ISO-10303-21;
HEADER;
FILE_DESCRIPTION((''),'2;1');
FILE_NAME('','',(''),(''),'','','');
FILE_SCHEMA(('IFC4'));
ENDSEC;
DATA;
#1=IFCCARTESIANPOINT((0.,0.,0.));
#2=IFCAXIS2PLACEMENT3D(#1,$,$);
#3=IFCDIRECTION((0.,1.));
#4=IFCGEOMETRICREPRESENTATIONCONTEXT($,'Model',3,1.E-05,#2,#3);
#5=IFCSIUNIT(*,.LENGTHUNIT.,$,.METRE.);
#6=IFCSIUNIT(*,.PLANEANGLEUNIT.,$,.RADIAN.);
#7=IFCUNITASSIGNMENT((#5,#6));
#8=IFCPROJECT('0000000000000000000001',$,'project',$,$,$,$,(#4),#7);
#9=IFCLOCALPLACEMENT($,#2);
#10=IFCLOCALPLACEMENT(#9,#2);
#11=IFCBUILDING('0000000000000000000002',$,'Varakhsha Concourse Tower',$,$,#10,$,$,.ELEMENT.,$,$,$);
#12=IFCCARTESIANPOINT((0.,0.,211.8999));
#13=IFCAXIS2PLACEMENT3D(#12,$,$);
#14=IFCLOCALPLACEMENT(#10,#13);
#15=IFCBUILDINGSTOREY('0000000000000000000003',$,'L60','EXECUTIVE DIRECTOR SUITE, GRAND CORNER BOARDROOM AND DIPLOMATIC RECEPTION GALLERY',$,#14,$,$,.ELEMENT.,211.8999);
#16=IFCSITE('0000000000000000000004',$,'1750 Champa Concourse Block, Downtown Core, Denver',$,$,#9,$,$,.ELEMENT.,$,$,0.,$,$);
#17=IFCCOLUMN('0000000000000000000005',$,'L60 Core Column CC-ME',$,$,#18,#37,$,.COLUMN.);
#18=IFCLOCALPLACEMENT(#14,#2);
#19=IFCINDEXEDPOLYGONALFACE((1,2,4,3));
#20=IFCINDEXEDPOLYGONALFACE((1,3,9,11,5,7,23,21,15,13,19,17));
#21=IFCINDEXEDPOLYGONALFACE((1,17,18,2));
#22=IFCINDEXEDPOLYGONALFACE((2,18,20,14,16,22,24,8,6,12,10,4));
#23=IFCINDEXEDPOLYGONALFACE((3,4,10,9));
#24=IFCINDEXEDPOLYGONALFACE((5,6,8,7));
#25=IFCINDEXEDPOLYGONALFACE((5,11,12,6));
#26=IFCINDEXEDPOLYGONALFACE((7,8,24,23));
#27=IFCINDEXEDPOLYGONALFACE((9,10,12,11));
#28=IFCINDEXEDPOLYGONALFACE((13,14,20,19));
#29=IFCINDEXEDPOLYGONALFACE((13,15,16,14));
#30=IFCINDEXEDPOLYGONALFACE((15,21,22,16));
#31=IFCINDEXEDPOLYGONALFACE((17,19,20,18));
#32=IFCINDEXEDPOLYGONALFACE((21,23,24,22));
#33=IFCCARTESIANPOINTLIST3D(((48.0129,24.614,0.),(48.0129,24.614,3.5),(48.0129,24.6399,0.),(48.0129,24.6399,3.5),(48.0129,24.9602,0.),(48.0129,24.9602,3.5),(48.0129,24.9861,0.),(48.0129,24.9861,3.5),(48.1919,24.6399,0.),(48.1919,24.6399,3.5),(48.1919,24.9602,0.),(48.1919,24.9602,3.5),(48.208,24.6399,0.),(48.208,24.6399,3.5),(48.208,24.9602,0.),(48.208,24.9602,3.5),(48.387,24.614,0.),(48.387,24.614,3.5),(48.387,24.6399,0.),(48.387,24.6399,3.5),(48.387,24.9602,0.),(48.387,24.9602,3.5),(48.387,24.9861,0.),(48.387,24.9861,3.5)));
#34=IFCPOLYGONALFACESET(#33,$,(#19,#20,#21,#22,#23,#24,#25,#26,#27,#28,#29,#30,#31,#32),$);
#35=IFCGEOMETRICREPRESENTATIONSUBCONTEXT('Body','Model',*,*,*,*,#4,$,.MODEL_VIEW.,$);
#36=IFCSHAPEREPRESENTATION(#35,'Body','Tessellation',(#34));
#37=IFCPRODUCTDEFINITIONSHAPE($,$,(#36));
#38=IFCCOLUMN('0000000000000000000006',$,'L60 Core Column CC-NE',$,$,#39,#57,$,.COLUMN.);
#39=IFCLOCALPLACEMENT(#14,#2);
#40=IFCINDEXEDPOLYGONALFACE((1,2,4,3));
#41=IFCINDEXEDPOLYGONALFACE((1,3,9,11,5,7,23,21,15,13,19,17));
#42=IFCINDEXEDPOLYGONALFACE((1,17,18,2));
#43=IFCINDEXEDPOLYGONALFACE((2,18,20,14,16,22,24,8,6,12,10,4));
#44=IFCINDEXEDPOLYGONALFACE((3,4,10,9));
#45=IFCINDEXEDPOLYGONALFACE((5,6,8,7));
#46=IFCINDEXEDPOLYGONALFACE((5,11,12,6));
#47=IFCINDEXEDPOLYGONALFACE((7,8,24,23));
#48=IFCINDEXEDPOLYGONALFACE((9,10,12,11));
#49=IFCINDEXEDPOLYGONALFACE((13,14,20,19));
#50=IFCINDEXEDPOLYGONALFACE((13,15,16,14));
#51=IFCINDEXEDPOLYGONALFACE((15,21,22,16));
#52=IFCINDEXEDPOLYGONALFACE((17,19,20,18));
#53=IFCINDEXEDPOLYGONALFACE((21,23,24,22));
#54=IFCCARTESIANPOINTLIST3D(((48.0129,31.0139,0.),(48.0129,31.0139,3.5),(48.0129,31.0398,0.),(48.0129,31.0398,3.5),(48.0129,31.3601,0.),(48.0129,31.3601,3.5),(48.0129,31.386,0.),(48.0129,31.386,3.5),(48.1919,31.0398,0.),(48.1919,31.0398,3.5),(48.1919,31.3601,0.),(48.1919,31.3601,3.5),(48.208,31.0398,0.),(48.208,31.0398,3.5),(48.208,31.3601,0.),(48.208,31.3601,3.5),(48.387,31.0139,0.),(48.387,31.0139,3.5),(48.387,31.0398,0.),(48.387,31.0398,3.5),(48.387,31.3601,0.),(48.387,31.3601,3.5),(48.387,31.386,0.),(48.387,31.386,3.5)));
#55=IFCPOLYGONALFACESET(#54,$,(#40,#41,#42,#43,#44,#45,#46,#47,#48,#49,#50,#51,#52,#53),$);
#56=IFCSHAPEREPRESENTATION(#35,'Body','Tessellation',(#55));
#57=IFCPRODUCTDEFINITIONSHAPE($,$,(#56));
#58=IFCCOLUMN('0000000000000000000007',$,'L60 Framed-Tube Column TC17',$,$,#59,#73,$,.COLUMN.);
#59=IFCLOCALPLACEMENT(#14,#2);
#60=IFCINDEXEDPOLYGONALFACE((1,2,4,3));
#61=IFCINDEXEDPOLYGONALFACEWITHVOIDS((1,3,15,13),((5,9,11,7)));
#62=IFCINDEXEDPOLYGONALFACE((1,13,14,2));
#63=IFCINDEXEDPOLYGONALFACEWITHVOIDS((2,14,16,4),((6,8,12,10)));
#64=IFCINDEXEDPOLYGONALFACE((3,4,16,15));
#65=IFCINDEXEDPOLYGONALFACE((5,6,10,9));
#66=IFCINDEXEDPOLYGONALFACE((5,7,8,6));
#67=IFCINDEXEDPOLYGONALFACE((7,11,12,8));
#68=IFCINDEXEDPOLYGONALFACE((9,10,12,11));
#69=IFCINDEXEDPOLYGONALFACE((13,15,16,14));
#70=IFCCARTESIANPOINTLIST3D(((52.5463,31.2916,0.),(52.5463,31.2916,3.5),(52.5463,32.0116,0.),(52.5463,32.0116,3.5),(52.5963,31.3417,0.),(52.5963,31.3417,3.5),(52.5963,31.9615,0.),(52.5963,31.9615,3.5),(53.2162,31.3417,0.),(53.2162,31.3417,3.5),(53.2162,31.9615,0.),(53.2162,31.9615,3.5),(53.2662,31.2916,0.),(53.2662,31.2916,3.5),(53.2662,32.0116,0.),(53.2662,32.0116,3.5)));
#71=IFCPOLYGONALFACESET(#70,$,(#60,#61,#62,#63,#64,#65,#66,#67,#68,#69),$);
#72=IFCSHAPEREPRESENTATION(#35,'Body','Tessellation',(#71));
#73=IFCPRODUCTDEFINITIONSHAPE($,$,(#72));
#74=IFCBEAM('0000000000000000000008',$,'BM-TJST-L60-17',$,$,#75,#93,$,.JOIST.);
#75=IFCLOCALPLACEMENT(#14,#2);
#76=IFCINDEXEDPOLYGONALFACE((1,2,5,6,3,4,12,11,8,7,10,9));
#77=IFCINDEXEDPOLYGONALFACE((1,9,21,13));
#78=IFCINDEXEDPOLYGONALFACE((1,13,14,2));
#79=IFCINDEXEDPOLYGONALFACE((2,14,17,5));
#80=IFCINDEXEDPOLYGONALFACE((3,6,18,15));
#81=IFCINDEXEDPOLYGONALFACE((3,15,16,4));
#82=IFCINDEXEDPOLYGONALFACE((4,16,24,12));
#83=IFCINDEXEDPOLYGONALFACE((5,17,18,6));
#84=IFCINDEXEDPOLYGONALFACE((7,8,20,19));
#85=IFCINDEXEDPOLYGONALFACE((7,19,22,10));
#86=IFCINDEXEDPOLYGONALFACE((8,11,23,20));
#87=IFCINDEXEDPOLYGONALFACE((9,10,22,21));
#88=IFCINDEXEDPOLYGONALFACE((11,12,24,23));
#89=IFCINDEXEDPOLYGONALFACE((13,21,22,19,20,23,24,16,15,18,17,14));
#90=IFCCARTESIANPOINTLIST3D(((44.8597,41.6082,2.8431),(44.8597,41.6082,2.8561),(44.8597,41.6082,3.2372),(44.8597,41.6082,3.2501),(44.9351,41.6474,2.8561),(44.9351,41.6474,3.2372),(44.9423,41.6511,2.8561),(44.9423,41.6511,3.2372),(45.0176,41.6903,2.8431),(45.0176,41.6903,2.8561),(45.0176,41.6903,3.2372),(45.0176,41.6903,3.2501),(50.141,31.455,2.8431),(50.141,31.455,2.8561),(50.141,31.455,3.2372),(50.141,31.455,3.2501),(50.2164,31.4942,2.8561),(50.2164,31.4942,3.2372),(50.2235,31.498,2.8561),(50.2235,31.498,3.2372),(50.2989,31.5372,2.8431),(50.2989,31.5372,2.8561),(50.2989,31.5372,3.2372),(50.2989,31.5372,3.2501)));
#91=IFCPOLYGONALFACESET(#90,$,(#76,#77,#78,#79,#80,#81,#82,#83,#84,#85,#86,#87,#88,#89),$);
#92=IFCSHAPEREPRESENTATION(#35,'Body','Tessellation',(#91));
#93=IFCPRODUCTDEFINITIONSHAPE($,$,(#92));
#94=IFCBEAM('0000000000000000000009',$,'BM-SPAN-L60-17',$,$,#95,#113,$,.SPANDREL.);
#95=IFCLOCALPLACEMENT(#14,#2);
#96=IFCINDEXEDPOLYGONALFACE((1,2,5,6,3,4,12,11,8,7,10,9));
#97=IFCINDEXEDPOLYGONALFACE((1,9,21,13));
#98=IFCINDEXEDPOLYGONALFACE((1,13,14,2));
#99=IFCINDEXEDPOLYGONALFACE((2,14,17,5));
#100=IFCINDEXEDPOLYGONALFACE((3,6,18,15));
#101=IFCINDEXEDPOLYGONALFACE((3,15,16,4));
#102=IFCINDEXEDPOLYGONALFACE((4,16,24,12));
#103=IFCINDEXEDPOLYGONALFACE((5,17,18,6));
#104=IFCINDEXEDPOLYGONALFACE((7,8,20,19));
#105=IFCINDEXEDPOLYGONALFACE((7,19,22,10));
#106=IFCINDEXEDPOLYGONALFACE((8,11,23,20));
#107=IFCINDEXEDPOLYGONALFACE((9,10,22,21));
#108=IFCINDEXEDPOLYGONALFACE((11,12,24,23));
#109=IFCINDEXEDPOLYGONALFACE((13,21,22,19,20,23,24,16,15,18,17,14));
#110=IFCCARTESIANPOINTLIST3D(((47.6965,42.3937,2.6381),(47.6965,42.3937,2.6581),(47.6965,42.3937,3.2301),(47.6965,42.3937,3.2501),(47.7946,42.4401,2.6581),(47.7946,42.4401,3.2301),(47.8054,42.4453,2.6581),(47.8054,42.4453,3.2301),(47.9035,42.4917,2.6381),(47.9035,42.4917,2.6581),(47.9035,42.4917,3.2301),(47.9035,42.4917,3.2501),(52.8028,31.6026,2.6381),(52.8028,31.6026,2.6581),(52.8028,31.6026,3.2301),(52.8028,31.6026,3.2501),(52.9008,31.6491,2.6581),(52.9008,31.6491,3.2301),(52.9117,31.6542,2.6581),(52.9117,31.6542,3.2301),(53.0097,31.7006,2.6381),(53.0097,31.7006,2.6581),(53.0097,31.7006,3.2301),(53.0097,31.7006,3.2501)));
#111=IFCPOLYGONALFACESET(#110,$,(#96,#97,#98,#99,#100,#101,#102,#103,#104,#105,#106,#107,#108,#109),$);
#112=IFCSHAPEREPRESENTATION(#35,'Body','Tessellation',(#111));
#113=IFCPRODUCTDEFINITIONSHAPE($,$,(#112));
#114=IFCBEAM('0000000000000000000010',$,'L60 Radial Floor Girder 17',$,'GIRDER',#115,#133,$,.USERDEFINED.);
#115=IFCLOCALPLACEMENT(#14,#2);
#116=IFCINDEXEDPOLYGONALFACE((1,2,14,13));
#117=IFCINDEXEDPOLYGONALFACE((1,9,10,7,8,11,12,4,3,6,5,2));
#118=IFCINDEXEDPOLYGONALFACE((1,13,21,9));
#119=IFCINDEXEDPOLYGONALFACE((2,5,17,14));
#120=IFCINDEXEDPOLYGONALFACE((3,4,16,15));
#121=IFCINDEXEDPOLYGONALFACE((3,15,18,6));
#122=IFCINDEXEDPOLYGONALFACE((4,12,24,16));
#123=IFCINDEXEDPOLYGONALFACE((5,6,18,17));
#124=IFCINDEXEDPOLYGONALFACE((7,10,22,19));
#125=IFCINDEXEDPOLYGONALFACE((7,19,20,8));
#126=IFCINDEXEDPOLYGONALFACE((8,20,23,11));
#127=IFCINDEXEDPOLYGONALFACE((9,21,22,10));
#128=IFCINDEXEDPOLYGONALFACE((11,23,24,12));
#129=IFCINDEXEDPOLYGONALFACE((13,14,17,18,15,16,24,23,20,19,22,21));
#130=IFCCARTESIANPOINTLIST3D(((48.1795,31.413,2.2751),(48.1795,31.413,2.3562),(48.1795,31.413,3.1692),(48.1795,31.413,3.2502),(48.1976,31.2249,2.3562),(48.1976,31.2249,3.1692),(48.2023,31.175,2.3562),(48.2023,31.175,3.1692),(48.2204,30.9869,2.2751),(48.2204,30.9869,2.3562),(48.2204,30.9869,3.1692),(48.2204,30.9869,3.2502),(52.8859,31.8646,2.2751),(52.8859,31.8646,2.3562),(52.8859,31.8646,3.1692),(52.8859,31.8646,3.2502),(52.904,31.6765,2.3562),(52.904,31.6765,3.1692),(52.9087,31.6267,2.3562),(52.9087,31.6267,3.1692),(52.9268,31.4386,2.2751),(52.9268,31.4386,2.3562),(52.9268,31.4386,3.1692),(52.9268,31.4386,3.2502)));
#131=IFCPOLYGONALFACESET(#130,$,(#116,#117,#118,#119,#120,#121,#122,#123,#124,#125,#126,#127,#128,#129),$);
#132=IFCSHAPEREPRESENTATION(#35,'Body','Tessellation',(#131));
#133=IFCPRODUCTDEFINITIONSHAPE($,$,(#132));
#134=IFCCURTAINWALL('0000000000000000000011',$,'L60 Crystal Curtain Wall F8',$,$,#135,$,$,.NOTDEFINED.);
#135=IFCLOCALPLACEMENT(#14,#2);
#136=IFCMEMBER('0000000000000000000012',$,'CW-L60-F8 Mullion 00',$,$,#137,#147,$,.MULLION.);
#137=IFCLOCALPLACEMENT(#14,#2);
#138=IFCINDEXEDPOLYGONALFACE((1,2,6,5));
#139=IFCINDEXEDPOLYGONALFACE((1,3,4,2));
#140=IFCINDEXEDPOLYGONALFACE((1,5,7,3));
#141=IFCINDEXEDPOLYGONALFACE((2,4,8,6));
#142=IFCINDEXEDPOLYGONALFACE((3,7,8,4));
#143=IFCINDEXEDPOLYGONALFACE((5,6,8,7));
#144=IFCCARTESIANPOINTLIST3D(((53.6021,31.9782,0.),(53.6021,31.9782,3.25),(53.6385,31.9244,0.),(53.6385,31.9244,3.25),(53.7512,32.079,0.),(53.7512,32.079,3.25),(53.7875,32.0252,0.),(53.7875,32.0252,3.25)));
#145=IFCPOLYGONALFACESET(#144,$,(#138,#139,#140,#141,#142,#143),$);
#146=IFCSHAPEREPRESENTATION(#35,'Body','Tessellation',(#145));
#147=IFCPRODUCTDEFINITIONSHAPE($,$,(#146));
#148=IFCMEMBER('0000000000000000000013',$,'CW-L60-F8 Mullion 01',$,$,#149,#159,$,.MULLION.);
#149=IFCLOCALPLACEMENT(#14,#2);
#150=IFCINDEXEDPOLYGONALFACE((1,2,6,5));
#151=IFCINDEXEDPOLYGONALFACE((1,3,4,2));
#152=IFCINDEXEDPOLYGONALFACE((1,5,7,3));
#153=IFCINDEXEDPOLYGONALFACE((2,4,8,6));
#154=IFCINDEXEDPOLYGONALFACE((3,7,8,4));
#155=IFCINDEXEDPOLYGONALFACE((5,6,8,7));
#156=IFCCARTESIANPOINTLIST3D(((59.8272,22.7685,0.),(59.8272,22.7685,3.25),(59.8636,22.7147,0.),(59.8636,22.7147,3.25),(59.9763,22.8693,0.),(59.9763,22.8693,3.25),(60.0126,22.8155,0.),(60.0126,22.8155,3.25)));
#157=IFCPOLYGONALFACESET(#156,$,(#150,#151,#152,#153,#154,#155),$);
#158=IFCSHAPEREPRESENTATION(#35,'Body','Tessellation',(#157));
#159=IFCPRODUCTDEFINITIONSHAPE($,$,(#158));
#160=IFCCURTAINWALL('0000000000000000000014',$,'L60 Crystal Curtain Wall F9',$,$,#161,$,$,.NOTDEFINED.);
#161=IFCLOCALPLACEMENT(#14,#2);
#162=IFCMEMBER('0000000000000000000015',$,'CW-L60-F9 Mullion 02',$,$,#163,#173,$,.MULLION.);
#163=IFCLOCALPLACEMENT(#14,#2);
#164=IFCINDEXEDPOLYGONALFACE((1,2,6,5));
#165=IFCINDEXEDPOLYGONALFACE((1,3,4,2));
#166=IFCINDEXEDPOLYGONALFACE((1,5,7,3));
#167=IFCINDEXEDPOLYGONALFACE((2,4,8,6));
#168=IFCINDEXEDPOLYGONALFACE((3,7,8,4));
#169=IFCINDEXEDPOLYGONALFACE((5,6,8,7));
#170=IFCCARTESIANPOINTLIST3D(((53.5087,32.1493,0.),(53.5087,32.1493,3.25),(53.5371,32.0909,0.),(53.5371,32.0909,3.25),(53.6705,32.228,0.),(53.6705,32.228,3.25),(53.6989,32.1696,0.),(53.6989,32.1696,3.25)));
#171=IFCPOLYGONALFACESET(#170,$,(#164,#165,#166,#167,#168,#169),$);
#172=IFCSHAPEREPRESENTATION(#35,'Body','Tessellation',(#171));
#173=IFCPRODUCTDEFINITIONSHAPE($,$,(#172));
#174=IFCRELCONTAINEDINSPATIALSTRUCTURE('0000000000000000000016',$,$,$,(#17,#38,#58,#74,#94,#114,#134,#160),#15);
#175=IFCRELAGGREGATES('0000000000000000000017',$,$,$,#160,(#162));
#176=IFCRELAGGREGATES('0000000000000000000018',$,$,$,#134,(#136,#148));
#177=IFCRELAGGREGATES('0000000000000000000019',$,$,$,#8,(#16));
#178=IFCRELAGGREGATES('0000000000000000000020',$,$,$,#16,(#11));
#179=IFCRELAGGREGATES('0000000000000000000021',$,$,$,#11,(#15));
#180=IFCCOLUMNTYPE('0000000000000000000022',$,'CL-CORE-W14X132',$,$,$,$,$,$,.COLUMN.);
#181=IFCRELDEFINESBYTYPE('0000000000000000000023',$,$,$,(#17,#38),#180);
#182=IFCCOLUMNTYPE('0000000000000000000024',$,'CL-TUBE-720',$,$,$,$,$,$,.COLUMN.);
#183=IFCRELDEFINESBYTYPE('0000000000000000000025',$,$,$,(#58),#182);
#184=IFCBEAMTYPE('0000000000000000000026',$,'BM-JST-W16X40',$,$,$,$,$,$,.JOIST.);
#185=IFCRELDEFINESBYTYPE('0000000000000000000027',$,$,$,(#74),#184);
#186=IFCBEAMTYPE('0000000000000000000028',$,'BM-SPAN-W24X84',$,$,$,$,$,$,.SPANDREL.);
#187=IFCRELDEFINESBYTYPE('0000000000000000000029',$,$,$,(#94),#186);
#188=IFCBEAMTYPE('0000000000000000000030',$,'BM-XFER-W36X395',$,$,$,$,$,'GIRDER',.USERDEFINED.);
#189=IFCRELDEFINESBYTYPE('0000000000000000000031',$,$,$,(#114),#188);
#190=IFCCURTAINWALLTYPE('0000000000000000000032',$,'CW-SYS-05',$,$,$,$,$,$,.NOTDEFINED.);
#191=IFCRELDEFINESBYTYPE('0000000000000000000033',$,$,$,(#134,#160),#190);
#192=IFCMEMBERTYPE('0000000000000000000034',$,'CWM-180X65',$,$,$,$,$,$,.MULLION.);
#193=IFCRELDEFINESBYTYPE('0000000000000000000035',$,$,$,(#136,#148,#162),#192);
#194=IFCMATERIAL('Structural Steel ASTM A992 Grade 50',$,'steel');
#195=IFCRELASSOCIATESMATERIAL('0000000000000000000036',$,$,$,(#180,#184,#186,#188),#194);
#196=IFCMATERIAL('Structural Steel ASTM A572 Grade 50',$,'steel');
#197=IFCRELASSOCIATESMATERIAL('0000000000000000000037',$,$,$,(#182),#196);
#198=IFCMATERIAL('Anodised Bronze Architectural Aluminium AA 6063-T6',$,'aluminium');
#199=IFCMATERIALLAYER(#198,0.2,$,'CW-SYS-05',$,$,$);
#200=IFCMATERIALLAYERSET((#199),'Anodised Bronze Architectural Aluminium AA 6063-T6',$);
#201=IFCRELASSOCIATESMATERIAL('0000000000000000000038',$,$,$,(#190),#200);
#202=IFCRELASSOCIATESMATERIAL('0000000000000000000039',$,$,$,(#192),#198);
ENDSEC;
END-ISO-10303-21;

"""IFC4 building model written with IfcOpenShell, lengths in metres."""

from ifc_helpers import new_model, si_unit, direction, frame, origin, origin_2d, place, context, subcontext, project, spatial, rectangle, hollow_rectangle, i_section, extrude, source, transform, mapped, material, layer, layer_set, material_profile, profile_set, type_object, type_shapes, element, aggregate, save


model = new_model("IFC4")

# Units and contexts
model_context = context("Model", 3, precision=1e-05, world=origin(), true_north=direction((0.0, 1.0)))
body_context = subcontext(model_context, "Body", "Model", "MODEL_VIEW")
ifc_project = project(units=[si_unit("LENGTHUNIT", "METRE"), si_unit("PLANEANGLEUNIT", "RADIAN")], contexts=[model_context])

# Site, building, storey
site_placement = place(None, origin())
site = spatial("IfcSite", under=ifc_project, at=site_placement, Name="1750 Champa Concourse Block, Downtown Core, Denver", CompositionType="ELEMENT", RefElevation=0.0)
building_placement = place(site_placement, origin())
building = spatial("IfcBuilding", under=site, at=building_placement, Name="Varakhsha Concourse Tower", CompositionType="ELEMENT")
storey_placement = place(building_placement, frame((0.0, 0.0, 211.8999)))
storey = spatial("IfcBuildingStorey", under=building, at=storey_placement, Name="L60", Description="EXECUTIVE DIRECTOR SUITE, GRAND CORNER BOARDROOM AND DIPLOMATIC RECEPTION GALLERY", CompositionType="ELEMENT", Elevation=211.8999)

# Columns
ifc_material_1 = material(Name="Structural Steel ASTM A992 Grade 50", Category="steel")
ifc_material_profile_1 = material_profile(ifc_material_1, i_section(OverallWidth=0.374, OverallDepth=0.3721, WebThickness=0.0161, FlangeThickness=0.0259, at=origin_2d()), Name="W14X132")
ifc_profile_set_1 = profile_set([ifc_material_profile_1], Name="Structural Steel ASTM A992 Grade 50")
column_type_1 = type_object("IfcColumnType", Name="CL-CORE-W14X132", PredefinedType="COLUMN", material=ifc_profile_set_1)
for number, where, z_axis, x_axis, name in (
    (1, (48.2, 24.8, 0.0), (0.0, 0.0, 1.0), (1.0, 0.0, 0.0), "L60 Core Column CC-ME"),
    (2, (48.2, 31.2, 0.0), (0.0, 0.0, 1.0), (1.0, 0.0, 0.0), "L60 Core Column CC-NE"),
):
    element("IfcColumn", number, at=place(storey_placement, frame(where, z_axis=z_axis, x_axis=x_axis)), inside=storey, type_object=column_type_1, Name=name, PredefinedType="COLUMN", context=body_context, shape_type="SweptSolid", body=[
        extrude(i_section(OverallWidth=0.374, OverallDepth=0.3721, WebThickness=0.0161, FlangeThickness=0.0259, at=origin_2d()), origin(), (0.0, 0.0, 1.0), 3.5),
    ])
ifc_material_2 = material(Name="Structural Steel ASTM A572 Grade 50", Category="steel")
ifc_material_profile_2 = material_profile(ifc_material_2, hollow_rectangle(XDim=0.72, YDim=0.72, WallThickness=0.05, at=origin_2d()), Name="BOX 720x720x50")
ifc_profile_set_2 = profile_set([ifc_material_profile_2], Name="Structural Steel ASTM A572 Grade 50")
column_type_2 = type_object("IfcColumnType", Name="CL-TUBE-720", PredefinedType="COLUMN", material=ifc_profile_set_2)
column_placement = place(storey_placement, frame((52.9062, 31.6516, 0.0), z_axis=(0.0, 0.0, 1.0), x_axis=(1.0, 0.0, 0.0)))
element("IfcColumn", 3, at=column_placement, inside=storey, type_object=column_type_2, Name="L60 Framed-Tube Column TC17", PredefinedType="COLUMN", context=body_context, shape_type="SweptSolid", body=[
    extrude(hollow_rectangle(XDim=0.72, YDim=0.72, WallThickness=0.05, at=origin_2d()), origin(), (0.0, 0.0, 1.0), 3.5),
])

# Beams
ifc_material_profile_3 = material_profile(ifc_material_1, i_section(OverallWidth=0.178, OverallDepth=0.407, WebThickness=0.0081, FlangeThickness=0.0129, at=origin_2d()), Name="W16X40")
ifc_profile_set_3 = profile_set([ifc_material_profile_3], Name="Structural Steel ASTM A992 Grade 50")
beam_type_1 = type_object("IfcBeamType", Name="BM-JST-W16X40", PredefinedType="JOIST", material=ifc_profile_set_3)
beam_1_placement = place(storey_placement, frame((50.22, 31.4961, 3.0466), z_axis=(-0.461466, 0.887158, 0.0), x_axis=(-0.887158, -0.461466, 0.0)))
element("IfcBeam", 4, at=beam_1_placement, inside=storey, type_object=beam_type_1, Name="BM-TJST-L60-17", PredefinedType="JOIST", context=body_context, shape_type="SweptSolid", body=[
    extrude(i_section(OverallWidth=0.178, OverallDepth=0.407, WebThickness=0.0081, FlangeThickness=0.0129, at=origin_2d()), origin(), (0.0, 0.0, 1.0), 11.4446),
])
ifc_material_profile_4 = material_profile(ifc_material_1, i_section(OverallWidth=0.229, OverallDepth=0.6121, WebThickness=0.012, FlangeThickness=0.02, at=origin_2d()), Name="W24X84")
ifc_profile_set_4 = profile_set([ifc_material_profile_4], Name="Structural Steel ASTM A992 Grade 50")
beam_type_2 = type_object("IfcBeamType", Name="BM-SPAN-W24X84", PredefinedType="SPANDREL", material=ifc_profile_set_4)
beam_2_placement = place(storey_placement, frame((52.9062, 31.6516, 2.9441), z_axis=(-0.427721, 0.903911, 0.0), x_axis=(-0.903911, -0.427721, 0.0)))
element("IfcBeam", 5, at=beam_2_placement, inside=storey, type_object=beam_type_2, Name="BM-SPAN-L60-17", PredefinedType="SPANDREL", context=body_context, shape_type="SweptSolid", body=[
    extrude(i_section(OverallWidth=0.229, OverallDepth=0.6121, WebThickness=0.012, FlangeThickness=0.02, at=origin_2d()), origin(), (0.0, 0.0, 1.0), 11.9382),
])
ifc_material_profile_5 = material_profile(ifc_material_1, i_section(OverallWidth=0.428, OverallDepth=0.9751, WebThickness=0.05, FlangeThickness=0.0811, at=origin_2d()), Name="W36X395")
ifc_profile_set_5 = profile_set([ifc_material_profile_5], Name="Structural Steel ASTM A992 Grade 50")
beam_type_3 = type_object("IfcBeamType", Name="BM-XFER-W36X395", ElementType="GIRDER", PredefinedType="USERDEFINED", material=ifc_profile_set_5)
beam_3_placement = place(storey_placement, frame((48.2, 31.2, 2.7627), z_axis=(0.995427, 0.09553, 0.0), x_axis=(-0.09553, 0.995427, 0.0)))
element("IfcBeam", 6, at=beam_3_placement, inside=storey, type_object=beam_type_3, Name="L60 Radial Floor Girder 17", ObjectType="GIRDER", PredefinedType="USERDEFINED", context=body_context, shape_type="SweptSolid", body=[
    extrude(i_section(OverallWidth=0.428, OverallDepth=0.9751, WebThickness=0.05, FlangeThickness=0.0811, at=origin_2d()), origin(), (0.0, 0.0, 1.0), 4.728),
])

# Curtain wall, members
ifc_material_3 = material(Name="Anodised Bronze Architectural Aluminium AA 6063-T6", Category="aluminium")
ifc_layer_1 = layer(ifc_material_3, 0.2, Name="CW-SYS-05")
ifc_layer_set_1 = layer_set([ifc_layer_1], Name="Anodised Bronze Architectural Aluminium AA 6063-T6")
curtain_wall_type = type_object("IfcCurtainWallType", Name="CW-SYS-05", PredefinedType="NOTDEFINED", material=ifc_layer_set_1)
curtain_wall_1_placement = place(storey_placement, origin())
curtain_wall_1 = element("IfcCurtainWall", 7, at=curtain_wall_1_placement, inside=storey, type_object=curtain_wall_type, Name="L60 Crystal Curtain Wall F8", PredefinedType="NOTDEFINED")
ifc_material_profile_6 = material_profile(ifc_material_3, rectangle(XDim=0.0649, YDim=0.1799, at=origin_2d()), Name="CWM-180X65")
ifc_profile_set_6 = profile_set([ifc_material_profile_6], Name="Anodised Bronze Architectural Aluminium AA 6063-T6")
member_type_1 = type_object("IfcMemberType", Name="CWM-180X65", PredefinedType="MULLION", material=ifc_profile_set_6)
shared_shape_1 = source(origin(), body_context, "Body", "SweptSolid", [
    extrude(rectangle(XDim=0.0649, YDim=0.1799, at=origin_2d()), origin(), (0.0, 0.0, 1.0), 3.25),
])
type_shapes(member_type_1, [shared_shape_1])
member_1_placement = place(storey_placement, frame((53.6948, 32.0017, 0.0), z_axis=(0.0, 0.0, 1.0), x_axis=(0.559999, -0.828494, 0.0)))
member_1 = element("IfcMember", 8, at=member_1_placement, type_object=member_type_1, Name="CW-L60-F8 Mullion 00", PredefinedType="MULLION", context=body_context, shape_type="MappedRepresentation", body=[
    mapped(shared_shape_1, transform((0.0, 0.0, 0.0), scale=1.0)),
])
member_2_placement = place(storey_placement, frame((59.9199, 22.792, 0.0), z_axis=(0.0, 0.0, 1.0), x_axis=(0.559999, -0.828494, 0.0)))
member_2 = element("IfcMember", 9, at=member_2_placement, type_object=member_type_1, Name="CW-L60-F8 Mullion 01", PredefinedType="MULLION", context=body_context, shape_type="MappedRepresentation", body=[
    mapped(shared_shape_1, transform((0.0, 0.0, 0.0), scale=1.0)),
])

# Curtain wall, member
curtain_wall_2_placement = place(storey_placement, origin())
curtain_wall_2 = element("IfcCurtainWall", 10, at=curtain_wall_2_placement, inside=storey, type_object=curtain_wall_type, Name="L60 Crystal Curtain Wall F9", PredefinedType="NOTDEFINED")
member_3_placement = place(storey_placement, frame((53.6038, 32.1594, 0.0), z_axis=(0.0, 0.0, 1.0), x_axis=(0.437497, -0.89922, 0.0)))
member_3 = element("IfcMember", 11, at=member_3_placement, type_object=member_type_1, Name="CW-L60-F9 Mullion 02", PredefinedType="MULLION", context=body_context, shape_type="MappedRepresentation", body=[
    mapped(shared_shape_1, transform((0.0, 0.0, 0.0), scale=1.0)),
])

aggregate(curtain_wall_2, [member_3])
aggregate(curtain_wall_1, [member_1, member_2])

save(model, "model.ifc")
